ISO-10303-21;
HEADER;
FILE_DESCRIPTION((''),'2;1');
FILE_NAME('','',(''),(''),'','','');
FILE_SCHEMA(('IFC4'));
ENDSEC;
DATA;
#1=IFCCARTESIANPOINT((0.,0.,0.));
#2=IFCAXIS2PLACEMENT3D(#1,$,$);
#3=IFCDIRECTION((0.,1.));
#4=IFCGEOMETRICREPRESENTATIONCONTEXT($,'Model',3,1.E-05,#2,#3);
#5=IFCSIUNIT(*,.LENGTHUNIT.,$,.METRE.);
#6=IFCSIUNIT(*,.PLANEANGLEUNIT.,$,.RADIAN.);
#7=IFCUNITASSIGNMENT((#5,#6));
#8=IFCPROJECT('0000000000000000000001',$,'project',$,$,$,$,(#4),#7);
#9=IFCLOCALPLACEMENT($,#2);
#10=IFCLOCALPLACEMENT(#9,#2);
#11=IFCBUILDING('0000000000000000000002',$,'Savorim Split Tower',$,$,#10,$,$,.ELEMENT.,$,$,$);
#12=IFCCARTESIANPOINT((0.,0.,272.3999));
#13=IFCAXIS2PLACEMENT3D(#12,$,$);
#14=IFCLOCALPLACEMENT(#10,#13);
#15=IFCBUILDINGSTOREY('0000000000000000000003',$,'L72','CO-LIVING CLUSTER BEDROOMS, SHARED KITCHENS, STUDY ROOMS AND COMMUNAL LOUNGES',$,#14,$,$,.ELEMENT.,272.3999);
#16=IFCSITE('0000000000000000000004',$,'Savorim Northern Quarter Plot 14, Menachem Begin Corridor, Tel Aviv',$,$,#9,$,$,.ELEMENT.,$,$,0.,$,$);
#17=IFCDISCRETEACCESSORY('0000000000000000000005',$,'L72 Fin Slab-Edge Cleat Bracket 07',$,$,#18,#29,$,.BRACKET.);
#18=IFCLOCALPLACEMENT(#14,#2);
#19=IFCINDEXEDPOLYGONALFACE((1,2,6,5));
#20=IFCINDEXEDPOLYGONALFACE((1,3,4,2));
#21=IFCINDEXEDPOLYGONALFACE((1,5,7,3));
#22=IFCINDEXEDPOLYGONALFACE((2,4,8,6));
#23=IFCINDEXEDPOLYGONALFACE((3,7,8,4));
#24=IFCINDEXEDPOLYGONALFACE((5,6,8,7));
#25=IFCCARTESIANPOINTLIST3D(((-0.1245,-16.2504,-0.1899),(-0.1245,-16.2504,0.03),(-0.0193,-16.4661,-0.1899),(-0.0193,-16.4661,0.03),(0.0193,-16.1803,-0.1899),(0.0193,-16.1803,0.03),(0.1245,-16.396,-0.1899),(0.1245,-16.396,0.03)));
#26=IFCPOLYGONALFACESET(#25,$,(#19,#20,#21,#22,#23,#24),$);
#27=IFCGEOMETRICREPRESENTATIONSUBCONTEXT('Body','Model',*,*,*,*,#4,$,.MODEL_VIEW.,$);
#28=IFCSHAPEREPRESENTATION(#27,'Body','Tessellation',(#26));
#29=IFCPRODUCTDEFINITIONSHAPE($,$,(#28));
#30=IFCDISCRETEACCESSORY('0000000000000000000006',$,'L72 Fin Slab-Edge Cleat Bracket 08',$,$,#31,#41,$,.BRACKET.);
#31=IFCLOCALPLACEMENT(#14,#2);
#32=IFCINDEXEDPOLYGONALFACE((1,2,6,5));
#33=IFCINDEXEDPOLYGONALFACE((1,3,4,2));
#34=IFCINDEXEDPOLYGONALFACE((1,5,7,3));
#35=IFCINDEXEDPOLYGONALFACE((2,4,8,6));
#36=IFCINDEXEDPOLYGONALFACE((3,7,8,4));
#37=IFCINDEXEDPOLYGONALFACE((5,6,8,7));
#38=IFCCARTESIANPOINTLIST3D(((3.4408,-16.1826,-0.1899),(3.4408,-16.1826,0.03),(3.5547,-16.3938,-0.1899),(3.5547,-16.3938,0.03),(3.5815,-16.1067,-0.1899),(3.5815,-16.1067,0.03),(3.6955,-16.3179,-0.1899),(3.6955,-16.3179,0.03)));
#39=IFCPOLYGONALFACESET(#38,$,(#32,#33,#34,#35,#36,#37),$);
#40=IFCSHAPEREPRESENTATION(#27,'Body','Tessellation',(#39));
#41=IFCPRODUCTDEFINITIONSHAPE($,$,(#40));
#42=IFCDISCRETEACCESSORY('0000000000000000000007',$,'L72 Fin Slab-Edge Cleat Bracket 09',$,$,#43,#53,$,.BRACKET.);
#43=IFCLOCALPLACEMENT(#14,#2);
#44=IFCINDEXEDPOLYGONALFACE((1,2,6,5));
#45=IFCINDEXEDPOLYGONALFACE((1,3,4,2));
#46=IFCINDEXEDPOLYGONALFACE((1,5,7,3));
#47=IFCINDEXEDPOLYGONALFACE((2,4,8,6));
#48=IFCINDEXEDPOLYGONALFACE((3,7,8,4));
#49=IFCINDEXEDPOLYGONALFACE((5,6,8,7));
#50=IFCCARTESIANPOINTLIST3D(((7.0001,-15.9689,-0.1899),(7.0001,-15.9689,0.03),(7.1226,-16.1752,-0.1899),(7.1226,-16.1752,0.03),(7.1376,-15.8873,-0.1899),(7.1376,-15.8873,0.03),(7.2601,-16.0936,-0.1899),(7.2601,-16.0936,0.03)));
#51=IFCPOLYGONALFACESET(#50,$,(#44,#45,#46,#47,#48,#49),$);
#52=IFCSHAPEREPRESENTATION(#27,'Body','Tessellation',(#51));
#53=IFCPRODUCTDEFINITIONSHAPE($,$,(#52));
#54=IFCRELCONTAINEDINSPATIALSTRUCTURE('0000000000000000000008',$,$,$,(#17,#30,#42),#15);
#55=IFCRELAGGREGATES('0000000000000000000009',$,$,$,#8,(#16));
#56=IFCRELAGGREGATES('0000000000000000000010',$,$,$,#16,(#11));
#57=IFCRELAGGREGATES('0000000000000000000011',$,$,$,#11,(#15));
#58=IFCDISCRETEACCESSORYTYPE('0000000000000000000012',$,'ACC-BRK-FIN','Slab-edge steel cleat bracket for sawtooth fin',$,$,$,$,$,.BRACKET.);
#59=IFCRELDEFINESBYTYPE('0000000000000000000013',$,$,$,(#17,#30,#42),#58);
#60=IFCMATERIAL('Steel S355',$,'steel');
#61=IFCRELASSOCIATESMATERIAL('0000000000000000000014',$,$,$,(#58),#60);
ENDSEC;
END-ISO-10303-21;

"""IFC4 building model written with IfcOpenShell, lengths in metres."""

from ifc_helpers import new_model, si_unit, direction, frame, origin, origin_2d, place, context, subcontext, project, spatial, rectangle, extrude, material, type_object, element, save


model = new_model("IFC4")

# Units and contexts
model_context = context("Model", 3, precision=1e-05, world=origin(), true_north=direction((0.0, 1.0)))
body_context = subcontext(model_context, "Body", "Model", "MODEL_VIEW")
ifc_project = project(units=[si_unit("LENGTHUNIT", "METRE"), si_unit("PLANEANGLEUNIT", "RADIAN")], contexts=[model_context])

# Site, building, storey
site_placement = place(None, origin())
site = spatial("IfcSite", under=ifc_project, at=site_placement, Name="Savorim Northern Quarter Plot 14, Menachem Begin Corridor, Tel Aviv", CompositionType="ELEMENT", RefElevation=0.0)
building_placement = place(site_placement, origin())
building = spatial("IfcBuilding", under=site, at=building_placement, Name="Savorim Split Tower", CompositionType="ELEMENT")
storey_placement = place(building_placement, frame((0.0, 0.0, 272.3999)))
storey = spatial("IfcBuildingStorey", under=building, at=storey_placement, Name="L72", Description="CO-LIVING CLUSTER BEDROOMS, SHARED KITCHENS, STUDY ROOMS AND COMMUNAL LOUNGES", CompositionType="ELEMENT", Elevation=272.3999)

# Shared definitions
ifc_material_1 = material(Name="Steel S355", Category="steel")

# Discrete accessories
discrete_accessory_type = type_object("IfcDiscreteAccessoryType", Name="ACC-BRK-FIN", Description="Slab-edge steel cleat bracket for sawtooth fin", PredefinedType="BRACKET", material=ifc_material_1)
for number, where, z_axis, x_axis, name in (
    (1, (0.0, -16.3232, -0.1899), (0.0, 0.0, 1.0), (0.438371, -0.898794, 0.0), "L72 Fin Slab-Edge Cleat Bracket 07"),
    (2, (3.5681, -16.2502, -0.1899), (0.0, 0.0, 1.0), (0.474778, -0.880106, 0.0), "L72 Fin Slab-Edge Cleat Bracket 08"),
    (3, (7.1301, -16.0312, -0.1899), (0.0, 0.0, 1.0), (0.510391, -0.859942, 0.0), "L72 Fin Slab-Edge Cleat Bracket 09"),
):
    element("IfcDiscreteAccessory", number, at=place(storey_placement, frame(where, z_axis=z_axis, x_axis=x_axis)), inside=storey, type_object=discrete_accessory_type, Name=name, PredefinedType="BRACKET", context=body_context, shape_type="SweptSolid", body=[
        extrude(rectangle(XDim=0.24, YDim=0.1599, at=origin_2d()), origin(), (0.0, 0.0, 1.0), 0.22),
    ])

save(model, "model.ifc")
